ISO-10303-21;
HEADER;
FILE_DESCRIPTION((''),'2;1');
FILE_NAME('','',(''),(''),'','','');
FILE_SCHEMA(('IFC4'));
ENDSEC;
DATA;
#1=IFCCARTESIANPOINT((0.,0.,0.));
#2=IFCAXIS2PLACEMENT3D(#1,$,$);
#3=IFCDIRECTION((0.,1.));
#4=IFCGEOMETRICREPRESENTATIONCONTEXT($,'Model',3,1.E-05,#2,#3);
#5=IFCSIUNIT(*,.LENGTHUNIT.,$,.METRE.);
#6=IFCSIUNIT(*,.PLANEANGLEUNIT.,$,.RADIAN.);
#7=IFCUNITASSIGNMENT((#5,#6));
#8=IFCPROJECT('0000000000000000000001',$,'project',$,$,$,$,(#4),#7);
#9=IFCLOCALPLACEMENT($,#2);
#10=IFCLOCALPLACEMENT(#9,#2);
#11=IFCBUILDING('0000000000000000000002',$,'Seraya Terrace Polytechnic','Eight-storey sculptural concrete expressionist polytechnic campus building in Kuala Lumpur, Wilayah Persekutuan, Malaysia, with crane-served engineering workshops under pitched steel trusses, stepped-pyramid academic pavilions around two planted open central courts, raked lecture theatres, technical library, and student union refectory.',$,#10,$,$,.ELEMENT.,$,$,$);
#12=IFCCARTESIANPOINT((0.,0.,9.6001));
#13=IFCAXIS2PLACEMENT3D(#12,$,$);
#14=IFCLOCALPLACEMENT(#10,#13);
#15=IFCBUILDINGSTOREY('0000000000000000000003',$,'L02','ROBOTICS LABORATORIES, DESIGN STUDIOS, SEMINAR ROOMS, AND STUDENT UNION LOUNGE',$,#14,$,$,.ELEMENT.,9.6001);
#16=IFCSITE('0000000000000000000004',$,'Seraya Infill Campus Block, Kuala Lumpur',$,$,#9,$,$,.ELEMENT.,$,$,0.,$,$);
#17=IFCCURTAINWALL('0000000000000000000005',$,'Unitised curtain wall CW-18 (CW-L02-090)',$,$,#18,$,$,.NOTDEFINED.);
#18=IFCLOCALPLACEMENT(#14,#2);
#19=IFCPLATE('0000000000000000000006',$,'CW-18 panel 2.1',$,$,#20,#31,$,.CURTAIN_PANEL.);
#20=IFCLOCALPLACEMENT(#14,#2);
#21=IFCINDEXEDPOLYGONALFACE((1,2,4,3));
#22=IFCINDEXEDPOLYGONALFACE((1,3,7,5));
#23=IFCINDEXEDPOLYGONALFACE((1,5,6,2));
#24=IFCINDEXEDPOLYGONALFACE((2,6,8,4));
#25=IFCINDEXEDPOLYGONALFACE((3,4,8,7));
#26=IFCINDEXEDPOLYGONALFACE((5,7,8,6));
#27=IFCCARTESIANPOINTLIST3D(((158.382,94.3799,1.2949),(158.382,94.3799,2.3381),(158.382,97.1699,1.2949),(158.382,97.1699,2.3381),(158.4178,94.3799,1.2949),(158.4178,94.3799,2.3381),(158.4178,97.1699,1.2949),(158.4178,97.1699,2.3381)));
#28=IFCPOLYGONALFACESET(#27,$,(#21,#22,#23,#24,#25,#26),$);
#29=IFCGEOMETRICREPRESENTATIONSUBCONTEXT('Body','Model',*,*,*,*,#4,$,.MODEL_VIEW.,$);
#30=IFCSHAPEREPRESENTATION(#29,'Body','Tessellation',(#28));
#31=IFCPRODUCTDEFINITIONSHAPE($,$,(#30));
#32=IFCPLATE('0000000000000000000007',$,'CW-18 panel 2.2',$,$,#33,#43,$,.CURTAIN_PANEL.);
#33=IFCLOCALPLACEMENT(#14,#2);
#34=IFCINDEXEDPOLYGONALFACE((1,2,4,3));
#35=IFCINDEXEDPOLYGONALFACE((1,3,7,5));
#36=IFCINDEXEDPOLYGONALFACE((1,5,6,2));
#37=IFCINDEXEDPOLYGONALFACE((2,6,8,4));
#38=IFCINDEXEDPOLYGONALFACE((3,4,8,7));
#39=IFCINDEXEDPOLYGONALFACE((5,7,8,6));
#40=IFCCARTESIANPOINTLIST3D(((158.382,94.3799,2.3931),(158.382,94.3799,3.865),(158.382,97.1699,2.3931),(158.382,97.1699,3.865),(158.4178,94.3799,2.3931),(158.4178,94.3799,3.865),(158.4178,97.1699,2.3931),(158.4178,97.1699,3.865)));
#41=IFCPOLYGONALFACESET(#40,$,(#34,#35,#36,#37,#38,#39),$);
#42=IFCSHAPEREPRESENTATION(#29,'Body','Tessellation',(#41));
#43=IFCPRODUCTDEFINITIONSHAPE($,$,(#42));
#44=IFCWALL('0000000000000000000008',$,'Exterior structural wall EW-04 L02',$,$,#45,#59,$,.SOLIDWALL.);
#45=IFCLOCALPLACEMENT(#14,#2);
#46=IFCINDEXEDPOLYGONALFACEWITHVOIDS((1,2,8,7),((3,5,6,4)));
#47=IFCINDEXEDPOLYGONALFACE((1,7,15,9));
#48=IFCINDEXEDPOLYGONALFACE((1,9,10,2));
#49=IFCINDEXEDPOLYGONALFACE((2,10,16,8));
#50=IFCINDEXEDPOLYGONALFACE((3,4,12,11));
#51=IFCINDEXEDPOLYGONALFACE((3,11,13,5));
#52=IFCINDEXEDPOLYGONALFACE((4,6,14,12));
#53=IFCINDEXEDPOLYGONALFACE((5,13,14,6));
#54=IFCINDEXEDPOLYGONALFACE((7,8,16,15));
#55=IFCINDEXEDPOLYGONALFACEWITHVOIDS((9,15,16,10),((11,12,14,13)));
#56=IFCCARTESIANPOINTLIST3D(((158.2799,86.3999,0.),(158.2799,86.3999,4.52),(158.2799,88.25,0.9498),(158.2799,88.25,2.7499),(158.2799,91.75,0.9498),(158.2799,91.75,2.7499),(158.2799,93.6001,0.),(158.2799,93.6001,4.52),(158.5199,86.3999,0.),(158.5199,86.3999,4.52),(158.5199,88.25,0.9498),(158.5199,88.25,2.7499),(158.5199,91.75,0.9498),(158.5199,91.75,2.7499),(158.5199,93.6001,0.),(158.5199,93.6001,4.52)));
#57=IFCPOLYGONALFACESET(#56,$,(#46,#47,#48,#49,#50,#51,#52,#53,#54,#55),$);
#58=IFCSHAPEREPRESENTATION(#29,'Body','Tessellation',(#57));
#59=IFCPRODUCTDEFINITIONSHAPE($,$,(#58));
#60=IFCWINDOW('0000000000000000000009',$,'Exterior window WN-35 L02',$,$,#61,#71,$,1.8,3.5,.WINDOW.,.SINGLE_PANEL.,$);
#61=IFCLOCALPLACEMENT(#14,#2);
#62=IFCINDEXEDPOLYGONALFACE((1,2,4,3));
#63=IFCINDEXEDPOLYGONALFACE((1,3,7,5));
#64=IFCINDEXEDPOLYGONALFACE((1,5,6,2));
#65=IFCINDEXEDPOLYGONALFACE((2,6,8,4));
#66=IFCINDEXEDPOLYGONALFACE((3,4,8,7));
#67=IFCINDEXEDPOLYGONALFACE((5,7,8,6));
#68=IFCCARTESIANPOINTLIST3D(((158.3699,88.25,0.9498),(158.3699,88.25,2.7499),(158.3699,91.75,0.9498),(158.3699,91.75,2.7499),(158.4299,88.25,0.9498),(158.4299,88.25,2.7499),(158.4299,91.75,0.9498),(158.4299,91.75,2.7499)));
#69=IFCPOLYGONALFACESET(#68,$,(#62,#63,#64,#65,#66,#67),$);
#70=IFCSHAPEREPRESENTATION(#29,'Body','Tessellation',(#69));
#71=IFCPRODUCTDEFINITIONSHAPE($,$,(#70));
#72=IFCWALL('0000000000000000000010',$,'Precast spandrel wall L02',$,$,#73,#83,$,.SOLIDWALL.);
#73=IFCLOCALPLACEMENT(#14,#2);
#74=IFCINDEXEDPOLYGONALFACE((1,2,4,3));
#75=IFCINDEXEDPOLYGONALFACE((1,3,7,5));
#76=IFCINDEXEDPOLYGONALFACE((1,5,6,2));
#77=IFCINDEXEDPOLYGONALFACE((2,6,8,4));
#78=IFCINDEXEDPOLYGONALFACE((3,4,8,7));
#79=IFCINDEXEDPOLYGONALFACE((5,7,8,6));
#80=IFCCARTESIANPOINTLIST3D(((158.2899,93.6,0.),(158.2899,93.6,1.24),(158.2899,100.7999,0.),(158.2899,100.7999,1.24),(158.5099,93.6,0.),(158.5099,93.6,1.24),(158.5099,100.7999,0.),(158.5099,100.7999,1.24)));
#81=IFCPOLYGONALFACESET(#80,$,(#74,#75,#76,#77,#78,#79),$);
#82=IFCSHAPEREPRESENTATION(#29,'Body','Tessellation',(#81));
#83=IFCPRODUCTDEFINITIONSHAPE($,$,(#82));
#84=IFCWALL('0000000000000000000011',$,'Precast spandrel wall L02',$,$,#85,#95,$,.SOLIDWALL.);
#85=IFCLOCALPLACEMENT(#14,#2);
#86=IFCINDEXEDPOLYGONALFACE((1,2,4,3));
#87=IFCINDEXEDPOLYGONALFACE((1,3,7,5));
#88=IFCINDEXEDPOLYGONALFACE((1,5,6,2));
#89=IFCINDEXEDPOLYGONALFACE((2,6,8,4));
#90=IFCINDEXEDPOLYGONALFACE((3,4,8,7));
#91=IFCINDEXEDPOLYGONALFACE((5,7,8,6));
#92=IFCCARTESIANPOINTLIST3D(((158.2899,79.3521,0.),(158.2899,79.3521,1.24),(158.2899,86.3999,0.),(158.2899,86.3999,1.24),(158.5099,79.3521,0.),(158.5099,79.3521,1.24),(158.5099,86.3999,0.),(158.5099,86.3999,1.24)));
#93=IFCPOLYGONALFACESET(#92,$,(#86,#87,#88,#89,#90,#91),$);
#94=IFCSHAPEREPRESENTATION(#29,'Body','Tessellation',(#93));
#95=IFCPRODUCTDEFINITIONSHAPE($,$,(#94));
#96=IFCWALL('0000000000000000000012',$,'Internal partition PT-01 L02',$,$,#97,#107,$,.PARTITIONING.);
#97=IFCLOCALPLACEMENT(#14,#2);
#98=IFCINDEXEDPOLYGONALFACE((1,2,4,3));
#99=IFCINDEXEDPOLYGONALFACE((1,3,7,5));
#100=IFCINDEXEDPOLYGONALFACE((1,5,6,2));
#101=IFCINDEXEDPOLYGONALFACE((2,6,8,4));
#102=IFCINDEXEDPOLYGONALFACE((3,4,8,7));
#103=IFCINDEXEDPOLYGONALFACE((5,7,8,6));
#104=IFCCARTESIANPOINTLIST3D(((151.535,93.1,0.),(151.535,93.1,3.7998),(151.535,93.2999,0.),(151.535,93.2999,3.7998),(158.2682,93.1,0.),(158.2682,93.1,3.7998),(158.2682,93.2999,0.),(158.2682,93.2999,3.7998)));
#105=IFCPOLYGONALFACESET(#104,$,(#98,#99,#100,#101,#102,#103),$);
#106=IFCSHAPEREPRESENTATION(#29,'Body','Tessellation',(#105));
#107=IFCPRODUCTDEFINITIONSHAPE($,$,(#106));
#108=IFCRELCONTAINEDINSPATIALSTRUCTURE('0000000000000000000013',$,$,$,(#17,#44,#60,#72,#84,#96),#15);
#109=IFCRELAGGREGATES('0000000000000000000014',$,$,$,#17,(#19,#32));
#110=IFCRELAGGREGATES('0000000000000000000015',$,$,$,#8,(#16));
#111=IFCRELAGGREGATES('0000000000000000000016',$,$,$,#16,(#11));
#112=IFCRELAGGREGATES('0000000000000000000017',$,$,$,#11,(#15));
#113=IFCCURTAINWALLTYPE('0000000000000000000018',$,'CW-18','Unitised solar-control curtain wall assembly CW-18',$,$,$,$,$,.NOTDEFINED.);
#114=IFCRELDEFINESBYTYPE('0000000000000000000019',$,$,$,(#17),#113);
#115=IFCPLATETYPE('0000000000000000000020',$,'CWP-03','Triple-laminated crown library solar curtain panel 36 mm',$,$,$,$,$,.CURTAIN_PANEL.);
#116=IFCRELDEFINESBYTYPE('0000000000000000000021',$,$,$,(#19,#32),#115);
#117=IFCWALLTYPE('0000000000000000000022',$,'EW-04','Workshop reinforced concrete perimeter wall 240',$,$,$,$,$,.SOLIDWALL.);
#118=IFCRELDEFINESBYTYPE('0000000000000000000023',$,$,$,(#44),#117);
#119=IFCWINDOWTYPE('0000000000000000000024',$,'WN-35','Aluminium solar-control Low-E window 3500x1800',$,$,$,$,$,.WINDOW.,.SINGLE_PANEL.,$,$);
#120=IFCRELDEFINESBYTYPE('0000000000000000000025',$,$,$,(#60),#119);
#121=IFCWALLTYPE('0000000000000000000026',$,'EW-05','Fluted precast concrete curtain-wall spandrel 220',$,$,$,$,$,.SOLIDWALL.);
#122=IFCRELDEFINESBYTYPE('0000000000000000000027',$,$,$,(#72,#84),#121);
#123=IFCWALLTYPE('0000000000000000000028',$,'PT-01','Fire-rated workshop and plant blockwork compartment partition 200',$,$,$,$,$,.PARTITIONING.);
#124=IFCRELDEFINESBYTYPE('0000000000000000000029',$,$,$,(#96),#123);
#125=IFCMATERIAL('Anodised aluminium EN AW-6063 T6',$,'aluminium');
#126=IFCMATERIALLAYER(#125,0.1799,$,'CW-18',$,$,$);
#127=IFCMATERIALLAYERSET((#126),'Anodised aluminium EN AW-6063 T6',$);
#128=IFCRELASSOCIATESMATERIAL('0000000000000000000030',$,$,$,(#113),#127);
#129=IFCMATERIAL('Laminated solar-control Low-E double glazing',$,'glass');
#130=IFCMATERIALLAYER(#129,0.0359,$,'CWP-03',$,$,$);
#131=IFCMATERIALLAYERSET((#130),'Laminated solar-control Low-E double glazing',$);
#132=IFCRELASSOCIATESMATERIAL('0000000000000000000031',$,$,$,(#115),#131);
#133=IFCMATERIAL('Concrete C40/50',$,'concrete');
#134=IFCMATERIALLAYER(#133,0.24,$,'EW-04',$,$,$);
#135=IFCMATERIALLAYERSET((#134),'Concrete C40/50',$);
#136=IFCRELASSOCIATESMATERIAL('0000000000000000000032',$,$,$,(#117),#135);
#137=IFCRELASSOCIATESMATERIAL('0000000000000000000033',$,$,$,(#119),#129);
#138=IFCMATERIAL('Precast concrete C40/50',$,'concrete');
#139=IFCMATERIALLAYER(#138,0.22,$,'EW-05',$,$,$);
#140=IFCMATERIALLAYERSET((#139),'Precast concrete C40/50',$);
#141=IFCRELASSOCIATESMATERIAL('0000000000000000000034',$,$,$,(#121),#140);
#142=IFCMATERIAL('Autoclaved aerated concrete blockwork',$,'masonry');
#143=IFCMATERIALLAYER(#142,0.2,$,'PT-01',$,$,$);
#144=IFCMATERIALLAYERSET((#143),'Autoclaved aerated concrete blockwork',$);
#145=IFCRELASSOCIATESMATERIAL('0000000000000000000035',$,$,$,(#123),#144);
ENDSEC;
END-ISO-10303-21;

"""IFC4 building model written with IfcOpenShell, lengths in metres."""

from ifc_helpers import new_model, si_unit, direction, frame, frame_2d, origin, origin_2d, place, context, subcontext, project, spatial, rectangle, extrude, material, layer, layer_set, type_object, element, fill, aggregate, save


model = new_model("IFC4")

# Units and contexts
model_context = context("Model", 3, precision=1e-05, world=origin(), true_north=direction((0.0, 1.0)))
body_context = subcontext(model_context, "Body", "Model", "MODEL_VIEW")
ifc_project = project(units=[si_unit("LENGTHUNIT", "METRE"), si_unit("PLANEANGLEUNIT", "RADIAN")], contexts=[model_context])

# Site, building, storey
site_placement = place(None, origin())
site = spatial("IfcSite", under=ifc_project, at=site_placement, Name="Seraya Infill Campus Block, Kuala Lumpur", CompositionType="ELEMENT", RefElevation=0.0)
building_placement = place(site_placement, origin())
building = spatial("IfcBuilding", under=site, at=building_placement, Name="Seraya Terrace Polytechnic", Description="Eight-storey sculptural concrete expressionist polytechnic campus building in Kuala Lumpur, Wilayah Persekutuan, Malaysia, with crane-served engineering workshops under pitched steel trusses, stepped-pyramid academic pavilions around two planted open central courts, raked lecture theatres, technical library, and student union refectory.", CompositionType="ELEMENT")
storey_placement = place(building_placement, frame((0.0, 0.0, 9.6001)))
storey = spatial("IfcBuildingStorey", under=building, at=storey_placement, Name="L02", Description="ROBOTICS LABORATORIES, DESIGN STUDIOS, SEMINAR ROOMS, AND STUDENT UNION LOUNGE", CompositionType="ELEMENT", Elevation=9.6001)

# Shared definitions
ifc_material_1 = material(Name="Concrete C40/50", Category="concrete")

# Curtain wall
ifc_material_2 = material(Name="Anodised aluminium EN AW-6063 T6", Category="aluminium")
ifc_layer_1 = layer(ifc_material_2, 0.1799, Name="CW-18")
ifc_layer_set_1 = layer_set([ifc_layer_1], Name="Anodised aluminium EN AW-6063 T6")
curtain_wall_type = type_object("IfcCurtainWallType", Name="CW-18", Description="Unitised solar-control curtain wall assembly CW-18", PredefinedType="NOTDEFINED", material=ifc_layer_set_1)
curtain_wall_placement = place(storey_placement, origin())
curtain_wall = element("IfcCurtainWall", 1, at=curtain_wall_placement, inside=storey, type_object=curtain_wall_type, Name="Unitised curtain wall CW-18 (CW-L02-090)", PredefinedType="NOTDEFINED")

# Plates
ifc_material_3 = material(Name="Laminated solar-control Low-E double glazing", Category="glass")
ifc_layer_2 = layer(ifc_material_3, 0.0359, Name="CWP-03")
ifc_layer_set_2 = layer_set([ifc_layer_2], Name="Laminated solar-control Low-E double glazing")
plate_type = type_object("IfcPlateType", Name="CWP-03", Description="Triple-laminated crown library solar curtain panel 36 mm", PredefinedType="CURTAIN_PANEL", material=ifc_layer_set_2)
plate_1_placement = place(storey_placement, frame((158.3999, 95.7749, 1.2949), z_axis=(0.0, 0.0, 1.0), x_axis=(0.0, -1.0, 0.0)))
plate_1 = element("IfcPlate", 2, at=plate_1_placement, type_object=plate_type, Name="CW-18 panel 2.1", PredefinedType="CURTAIN_PANEL", context=body_context, shape_type="SweptSolid", body=[
    extrude(rectangle(XDim=2.79, YDim=0.0359, at=origin_2d()), origin(), (0.0, 0.0, 1.0), 1.0432),
])
plate_2_placement = place(storey_placement, frame((158.3999, 95.7749, 2.3931), z_axis=(0.0, 0.0, 1.0), x_axis=(0.0, -1.0, 0.0)))
plate_2 = element("IfcPlate", 3, at=plate_2_placement, type_object=plate_type, Name="CW-18 panel 2.2", PredefinedType="CURTAIN_PANEL", context=body_context, shape_type="SweptSolid", body=[
    extrude(rectangle(XDim=2.79, YDim=0.0359, at=origin_2d()), origin(), (0.0, 0.0, 1.0), 1.4719),
])
aggregate(curtain_wall, [plate_1, plate_2])

# Wall, opening, window
ifc_layer_3 = layer(ifc_material_1, 0.24, Name="EW-04")
ifc_layer_set_3 = layer_set([ifc_layer_3], Name="Concrete C40/50")
wall_type_1 = type_object("IfcWallType", Name="EW-04", Description="Workshop reinforced concrete perimeter wall 240", PredefinedType="SOLIDWALL", material=ifc_layer_set_3)
wall_1_placement = place(storey_placement, frame((158.3999, 93.6001, 0.0), z_axis=(0.0, 0.0, 1.0), x_axis=(0.0, -1.0, 0.0)))
wall_1 = element("IfcWall", 4, at=wall_1_placement, inside=storey, type_object=wall_type_1, Name="Exterior structural wall EW-04 L02", PredefinedType="SOLIDWALL", context=body_context, shape_type="SweptSolid", body=[
    extrude(rectangle(XDim=7.2002, YDim=0.24, at=frame_2d((3.6001, 0.0))), origin(), (0.0, 0.0, 1.0), 4.52),
])
opening_placement = place(wall_1_placement, frame((1.8501, 0.0, 0.95)))
opening = element("IfcOpeningElement", 5, at=opening_placement, cuts=wall_1, PredefinedType="OPENING", context=body_context, shape_type="SweptSolid", body=[
    extrude(rectangle(XDim=3.5, YDim=1.8, at=frame_2d((1.75, 0.8999))), frame((0.0, 0.1318, 0.0), z_axis=(0.0, -1.0, 0.0), x_axis=(1.0, 0.0, 0.0)), (0.0, 0.0, 1.0), 0.2639),
])
window_type = type_object("IfcWindowType", Name="WN-35", Description="Aluminium solar-control Low-E window 3500x1800", PartitioningType="SINGLE_PANEL", PredefinedType="WINDOW", material=ifc_material_3)
window_placement = place(opening_placement, origin())
window = element("IfcWindow", 6, at=window_placement, inside=storey, type_object=window_type, Name="Exterior window WN-35 L02", OverallHeight=1.8, OverallWidth=3.5, PartitioningType="SINGLE_PANEL", PredefinedType="WINDOW", context=body_context, shape_type="SweptSolid", body=[
    extrude(rectangle(XDim=3.5, YDim=1.8, at=frame_2d((1.75, 0.8999))), frame((0.0, 0.03, 0.0), z_axis=(0.0, -1.0, 0.0), x_axis=(1.0, 0.0, 0.0)), (0.0, 0.0, 1.0), 0.0601),
])
fill(opening, window)

# Walls
ifc_material_4 = material(Name="Precast concrete C40/50", Category="concrete")
ifc_layer_4 = layer(ifc_material_4, 0.22, Name="EW-05")
ifc_layer_set_4 = layer_set([ifc_layer_4], Name="Precast concrete C40/50")
wall_type_2 = type_object("IfcWallType", Name="EW-05", Description="Fluted precast concrete curtain-wall spandrel 220", PredefinedType="SOLIDWALL", material=ifc_layer_set_4)
wall_2_placement = place(storey_placement, frame((158.3999, 100.8, 0.0), z_axis=(0.0, 0.0, 1.0), x_axis=(0.0, -1.0, 0.0)))
element("IfcWall", 7, at=wall_2_placement, inside=storey, type_object=wall_type_2, Name="Precast spandrel wall L02", PredefinedType="SOLIDWALL", context=body_context, shape_type="SweptSolid", body=[
    extrude(rectangle(XDim=7.2, YDim=0.22, at=frame_2d((3.6001, 0.0))), origin(), (0.0, 0.0, 1.0), 1.24),
])
wall_3_placement = place(storey_placement, frame((158.3999, 86.3999, 0.0), z_axis=(0.0, 0.0, 1.0), x_axis=(0.0, -1.0, 0.0)))
element("IfcWall", 8, at=wall_3_placement, inside=storey, type_object=wall_type_2, Name="Precast spandrel wall L02", PredefinedType="SOLIDWALL", context=body_context, shape_type="SweptSolid", body=[
    extrude(rectangle(XDim=7.0479, YDim=0.22, at=frame_2d((3.5239, 0.0))), origin(), (0.0, 0.0, 1.0), 1.24),
])
ifc_material_5 = material(Name="Autoclaved aerated concrete blockwork", Category="masonry")
ifc_layer_5 = layer(ifc_material_5, 0.2, Name="PT-01")
ifc_layer_set_5 = layer_set([ifc_layer_5], Name="Autoclaved aerated concrete blockwork")
wall_type_3 = type_object("IfcWallType", Name="PT-01", Description="Fire-rated workshop and plant blockwork compartment partition 200", PredefinedType="PARTITIONING", material=ifc_layer_set_5)
wall_4_placement = place(storey_placement, frame((151.5349, 93.2, 0.0), z_axis=(0.0, 0.0, 1.0), x_axis=(1.0, 0.0, 0.0)))
element("IfcWall", 9, at=wall_4_placement, inside=storey, type_object=wall_type_3, Name="Internal partition PT-01 L02", PredefinedType="PARTITIONING", context=body_context, shape_type="SweptSolid", body=[
    extrude(rectangle(XDim=6.7332, YDim=0.2, at=frame_2d((3.3667, 0.0))), origin(), (0.0, 0.0, 1.0), 3.7998),
])

save(model, "model.ifc")
